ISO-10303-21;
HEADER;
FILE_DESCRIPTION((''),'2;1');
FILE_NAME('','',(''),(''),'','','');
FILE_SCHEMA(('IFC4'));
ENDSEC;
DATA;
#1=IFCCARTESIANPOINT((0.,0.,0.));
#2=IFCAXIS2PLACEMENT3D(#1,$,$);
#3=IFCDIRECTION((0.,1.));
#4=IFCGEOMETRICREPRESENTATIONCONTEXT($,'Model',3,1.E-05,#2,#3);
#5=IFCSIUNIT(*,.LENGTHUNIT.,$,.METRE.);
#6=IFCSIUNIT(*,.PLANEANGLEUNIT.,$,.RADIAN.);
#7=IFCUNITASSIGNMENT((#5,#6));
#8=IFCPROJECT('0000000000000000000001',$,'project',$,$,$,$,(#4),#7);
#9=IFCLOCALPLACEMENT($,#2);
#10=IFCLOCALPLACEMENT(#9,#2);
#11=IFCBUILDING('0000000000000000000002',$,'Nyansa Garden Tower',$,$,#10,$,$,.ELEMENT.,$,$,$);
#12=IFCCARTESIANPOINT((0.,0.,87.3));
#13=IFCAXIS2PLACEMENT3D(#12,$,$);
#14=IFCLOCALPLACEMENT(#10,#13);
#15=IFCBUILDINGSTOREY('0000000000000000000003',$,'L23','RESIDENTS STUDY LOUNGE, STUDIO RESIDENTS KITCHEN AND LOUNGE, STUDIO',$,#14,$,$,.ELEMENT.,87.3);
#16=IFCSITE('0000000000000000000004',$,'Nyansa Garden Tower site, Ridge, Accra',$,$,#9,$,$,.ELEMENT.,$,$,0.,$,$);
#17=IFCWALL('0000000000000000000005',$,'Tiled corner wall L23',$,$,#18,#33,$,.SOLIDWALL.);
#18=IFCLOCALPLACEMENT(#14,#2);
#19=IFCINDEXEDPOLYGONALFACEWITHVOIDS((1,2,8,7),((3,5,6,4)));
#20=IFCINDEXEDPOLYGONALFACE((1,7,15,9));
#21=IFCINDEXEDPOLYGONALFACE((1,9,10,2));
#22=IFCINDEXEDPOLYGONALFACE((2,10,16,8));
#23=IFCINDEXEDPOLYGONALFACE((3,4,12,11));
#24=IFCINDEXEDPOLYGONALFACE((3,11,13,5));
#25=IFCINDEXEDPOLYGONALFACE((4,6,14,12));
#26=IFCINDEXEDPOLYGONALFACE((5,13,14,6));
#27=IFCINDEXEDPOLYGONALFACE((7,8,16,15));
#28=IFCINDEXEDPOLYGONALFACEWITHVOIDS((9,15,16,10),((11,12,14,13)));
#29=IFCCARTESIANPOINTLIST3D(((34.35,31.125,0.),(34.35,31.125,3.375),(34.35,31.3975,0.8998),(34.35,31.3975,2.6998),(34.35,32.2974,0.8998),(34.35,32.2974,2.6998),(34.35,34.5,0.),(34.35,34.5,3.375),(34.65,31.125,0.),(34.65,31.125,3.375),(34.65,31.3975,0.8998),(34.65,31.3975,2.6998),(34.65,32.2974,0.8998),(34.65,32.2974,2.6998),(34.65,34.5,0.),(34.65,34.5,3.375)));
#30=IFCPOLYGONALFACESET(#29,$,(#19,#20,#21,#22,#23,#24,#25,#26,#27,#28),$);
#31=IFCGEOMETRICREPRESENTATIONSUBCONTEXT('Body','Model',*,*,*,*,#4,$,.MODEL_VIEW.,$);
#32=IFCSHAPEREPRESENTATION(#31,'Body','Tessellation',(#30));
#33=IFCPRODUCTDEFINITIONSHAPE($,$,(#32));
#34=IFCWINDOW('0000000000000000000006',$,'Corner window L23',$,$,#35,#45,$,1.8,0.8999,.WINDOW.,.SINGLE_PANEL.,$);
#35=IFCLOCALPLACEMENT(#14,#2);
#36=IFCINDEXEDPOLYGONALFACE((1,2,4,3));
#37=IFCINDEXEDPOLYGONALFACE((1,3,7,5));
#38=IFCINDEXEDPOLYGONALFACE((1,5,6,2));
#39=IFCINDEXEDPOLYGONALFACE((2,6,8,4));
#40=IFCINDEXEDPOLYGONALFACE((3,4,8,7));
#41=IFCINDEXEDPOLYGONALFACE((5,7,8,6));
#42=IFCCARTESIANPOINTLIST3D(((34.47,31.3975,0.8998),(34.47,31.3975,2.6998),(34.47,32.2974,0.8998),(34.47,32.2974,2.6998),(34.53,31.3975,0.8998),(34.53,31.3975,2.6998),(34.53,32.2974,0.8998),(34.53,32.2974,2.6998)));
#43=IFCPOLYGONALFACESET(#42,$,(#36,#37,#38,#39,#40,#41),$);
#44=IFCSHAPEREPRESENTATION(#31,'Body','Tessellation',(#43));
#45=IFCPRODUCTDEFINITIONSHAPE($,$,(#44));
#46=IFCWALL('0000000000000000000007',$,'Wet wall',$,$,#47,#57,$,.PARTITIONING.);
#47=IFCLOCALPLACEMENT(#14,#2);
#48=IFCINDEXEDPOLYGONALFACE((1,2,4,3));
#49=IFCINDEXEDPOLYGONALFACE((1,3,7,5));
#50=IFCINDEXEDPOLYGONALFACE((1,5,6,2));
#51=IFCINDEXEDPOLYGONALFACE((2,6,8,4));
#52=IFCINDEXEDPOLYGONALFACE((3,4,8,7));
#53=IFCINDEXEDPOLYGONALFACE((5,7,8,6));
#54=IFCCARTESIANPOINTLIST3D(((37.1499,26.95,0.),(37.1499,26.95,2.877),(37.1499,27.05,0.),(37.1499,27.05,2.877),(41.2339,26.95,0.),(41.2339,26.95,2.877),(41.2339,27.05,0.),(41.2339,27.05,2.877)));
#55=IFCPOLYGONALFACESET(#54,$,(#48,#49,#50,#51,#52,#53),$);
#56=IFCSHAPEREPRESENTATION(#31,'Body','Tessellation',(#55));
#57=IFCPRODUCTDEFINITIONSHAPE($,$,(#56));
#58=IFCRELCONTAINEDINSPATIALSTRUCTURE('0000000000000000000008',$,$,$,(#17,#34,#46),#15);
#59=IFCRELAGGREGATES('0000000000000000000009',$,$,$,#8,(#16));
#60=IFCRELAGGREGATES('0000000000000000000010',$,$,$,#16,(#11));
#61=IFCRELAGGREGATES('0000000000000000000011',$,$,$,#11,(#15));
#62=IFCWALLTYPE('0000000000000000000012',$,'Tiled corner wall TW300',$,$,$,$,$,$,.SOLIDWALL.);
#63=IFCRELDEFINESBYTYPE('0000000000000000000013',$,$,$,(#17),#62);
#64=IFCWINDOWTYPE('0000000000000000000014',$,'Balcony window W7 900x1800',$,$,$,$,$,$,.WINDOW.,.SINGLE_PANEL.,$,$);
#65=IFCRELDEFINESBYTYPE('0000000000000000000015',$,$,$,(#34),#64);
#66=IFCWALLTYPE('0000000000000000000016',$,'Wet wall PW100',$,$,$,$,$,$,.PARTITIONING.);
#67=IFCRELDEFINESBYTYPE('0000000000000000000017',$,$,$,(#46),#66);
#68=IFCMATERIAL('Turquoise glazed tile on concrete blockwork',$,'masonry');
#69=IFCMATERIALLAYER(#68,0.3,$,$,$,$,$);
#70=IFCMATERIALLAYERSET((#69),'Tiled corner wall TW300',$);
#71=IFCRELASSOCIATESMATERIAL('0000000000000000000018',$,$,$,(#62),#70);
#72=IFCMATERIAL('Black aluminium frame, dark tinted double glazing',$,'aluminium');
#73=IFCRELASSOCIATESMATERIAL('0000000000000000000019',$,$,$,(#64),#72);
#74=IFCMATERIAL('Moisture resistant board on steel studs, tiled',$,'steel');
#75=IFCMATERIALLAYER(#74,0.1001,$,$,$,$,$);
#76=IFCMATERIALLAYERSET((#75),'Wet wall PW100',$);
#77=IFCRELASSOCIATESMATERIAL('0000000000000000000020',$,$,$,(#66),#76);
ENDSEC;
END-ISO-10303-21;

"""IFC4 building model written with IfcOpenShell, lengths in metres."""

from ifc_helpers import new_model, si_unit, direction, frame, frame_2d, origin, place, context, subcontext, project, spatial, rectangle, extrude, material, layer, layer_set, type_object, element, fill, save


model = new_model("IFC4")

# Units and contexts
model_context = context("Model", 3, precision=1e-05, world=origin(), true_north=direction((0.0, 1.0)))
body_context = subcontext(model_context, "Body", "Model", "MODEL_VIEW")
ifc_project = project(units=[si_unit("LENGTHUNIT", "METRE"), si_unit("PLANEANGLEUNIT", "RADIAN")], contexts=[model_context])

# Site, building, storey
site_placement = place(None, origin())
site = spatial("IfcSite", under=ifc_project, at=site_placement, Name="Nyansa Garden Tower site, Ridge, Accra", CompositionType="ELEMENT", RefElevation=0.0)
building_placement = place(site_placement, origin())
building = spatial("IfcBuilding", under=site, at=building_placement, Name="Nyansa Garden Tower", CompositionType="ELEMENT")
storey_placement = place(building_placement, frame((0.0, 0.0, 87.3)))
storey = spatial("IfcBuildingStorey", under=building, at=storey_placement, Name="L23", Description="RESIDENTS STUDY LOUNGE, STUDIO RESIDENTS KITCHEN AND LOUNGE, STUDIO", CompositionType="ELEMENT", Elevation=87.3)

# Wall, opening, window
ifc_material_1 = material(Name="Turquoise glazed tile on concrete blockwork", Category="masonry")
ifc_layer_1 = layer(ifc_material_1, 0.3)
ifc_layer_set_1 = layer_set([ifc_layer_1], Name="Tiled corner wall TW300")
wall_type_1 = type_object("IfcWallType", Name="Tiled corner wall TW300", PredefinedType="SOLIDWALL", material=ifc_layer_set_1)
wall_1_placement = place(storey_placement, frame((34.5, 31.125, 0.0), z_axis=(0.0, 0.0, 1.0), x_axis=(0.0, 1.0, 0.0)))
wall_1 = element("IfcWall", 1, at=wall_1_placement, inside=storey, type_object=wall_type_1, Name="Tiled corner wall L23", PredefinedType="SOLIDWALL", context=body_context, shape_type="SweptSolid", body=[
    extrude(rectangle(XDim=3.375, YDim=0.3, at=frame_2d((1.6875, 0.0))), origin(), (0.0, 0.0, 1.0), 3.375),
])
opening_1_placement = place(wall_1_placement, frame((0.2725, 0.0, 0.8999)))
opening_1 = element("IfcOpeningElement", 2, at=opening_1_placement, cuts=wall_1, PredefinedType="OPENING", context=body_context, shape_type="SweptSolid", body=[
    extrude(rectangle(XDim=0.8999, YDim=1.8, at=frame_2d((0.45, 0.8999))), frame((0.0, 0.1599, 0.0), z_axis=(0.0, -1.0, 0.0), x_axis=(1.0, 0.0, 0.0)), (0.0, 0.0, 1.0), 0.3201),
])
ifc_material_2 = material(Name="Black aluminium frame, dark tinted double glazing", Category="aluminium")
window_type_1 = type_object("IfcWindowType", Name="Balcony window W7 900x1800", PartitioningType="SINGLE_PANEL", PredefinedType="WINDOW", material=ifc_material_2)
window_1_placement = place(opening_1_placement, origin())
window_1 = element("IfcWindow", 3, at=window_1_placement, inside=storey, type_object=window_type_1, Name="Corner window L23", OverallHeight=1.8, OverallWidth=0.8999, PartitioningType="SINGLE_PANEL", PredefinedType="WINDOW", context=body_context, shape_type="SweptSolid", body=[
    extrude(rectangle(XDim=0.8999, YDim=1.8, at=frame_2d((0.45, 0.8999))), frame((0.0, 0.03, 0.0), z_axis=(0.0, -1.0, 0.0), x_axis=(1.0, 0.0, 0.0)), (0.0, 0.0, 1.0), 0.0601),
])
fill(opening_1, window_1)

# Wall
ifc_material_3 = material(Name="Moisture resistant board on steel studs, tiled", Category="steel")
ifc_layer_2 = layer(ifc_material_3, 0.1001)
ifc_layer_set_2 = layer_set([ifc_layer_2], Name="Wet wall PW100")
wall_type_2 = type_object("IfcWallType", Name="Wet wall PW100", PredefinedType="PARTITIONING", material=ifc_layer_set_2)
wall_2_placement = place(storey_placement, frame((37.1499, 27.0, 0.0), z_axis=(0.0, 0.0, 1.0), x_axis=(1.0, 0.0, 0.0)))
element("IfcWall", 4, at=wall_2_placement, inside=storey, type_object=wall_type_2, Name="Wet wall", PredefinedType="PARTITIONING", context=body_context, shape_type="SweptSolid", body=[
    extrude(rectangle(XDim=4.084, YDim=0.1001, at=frame_2d((2.042, 0.0))), origin(), (0.0, 0.0, 1.0), 2.877),
])

save(model, "model.ifc")
